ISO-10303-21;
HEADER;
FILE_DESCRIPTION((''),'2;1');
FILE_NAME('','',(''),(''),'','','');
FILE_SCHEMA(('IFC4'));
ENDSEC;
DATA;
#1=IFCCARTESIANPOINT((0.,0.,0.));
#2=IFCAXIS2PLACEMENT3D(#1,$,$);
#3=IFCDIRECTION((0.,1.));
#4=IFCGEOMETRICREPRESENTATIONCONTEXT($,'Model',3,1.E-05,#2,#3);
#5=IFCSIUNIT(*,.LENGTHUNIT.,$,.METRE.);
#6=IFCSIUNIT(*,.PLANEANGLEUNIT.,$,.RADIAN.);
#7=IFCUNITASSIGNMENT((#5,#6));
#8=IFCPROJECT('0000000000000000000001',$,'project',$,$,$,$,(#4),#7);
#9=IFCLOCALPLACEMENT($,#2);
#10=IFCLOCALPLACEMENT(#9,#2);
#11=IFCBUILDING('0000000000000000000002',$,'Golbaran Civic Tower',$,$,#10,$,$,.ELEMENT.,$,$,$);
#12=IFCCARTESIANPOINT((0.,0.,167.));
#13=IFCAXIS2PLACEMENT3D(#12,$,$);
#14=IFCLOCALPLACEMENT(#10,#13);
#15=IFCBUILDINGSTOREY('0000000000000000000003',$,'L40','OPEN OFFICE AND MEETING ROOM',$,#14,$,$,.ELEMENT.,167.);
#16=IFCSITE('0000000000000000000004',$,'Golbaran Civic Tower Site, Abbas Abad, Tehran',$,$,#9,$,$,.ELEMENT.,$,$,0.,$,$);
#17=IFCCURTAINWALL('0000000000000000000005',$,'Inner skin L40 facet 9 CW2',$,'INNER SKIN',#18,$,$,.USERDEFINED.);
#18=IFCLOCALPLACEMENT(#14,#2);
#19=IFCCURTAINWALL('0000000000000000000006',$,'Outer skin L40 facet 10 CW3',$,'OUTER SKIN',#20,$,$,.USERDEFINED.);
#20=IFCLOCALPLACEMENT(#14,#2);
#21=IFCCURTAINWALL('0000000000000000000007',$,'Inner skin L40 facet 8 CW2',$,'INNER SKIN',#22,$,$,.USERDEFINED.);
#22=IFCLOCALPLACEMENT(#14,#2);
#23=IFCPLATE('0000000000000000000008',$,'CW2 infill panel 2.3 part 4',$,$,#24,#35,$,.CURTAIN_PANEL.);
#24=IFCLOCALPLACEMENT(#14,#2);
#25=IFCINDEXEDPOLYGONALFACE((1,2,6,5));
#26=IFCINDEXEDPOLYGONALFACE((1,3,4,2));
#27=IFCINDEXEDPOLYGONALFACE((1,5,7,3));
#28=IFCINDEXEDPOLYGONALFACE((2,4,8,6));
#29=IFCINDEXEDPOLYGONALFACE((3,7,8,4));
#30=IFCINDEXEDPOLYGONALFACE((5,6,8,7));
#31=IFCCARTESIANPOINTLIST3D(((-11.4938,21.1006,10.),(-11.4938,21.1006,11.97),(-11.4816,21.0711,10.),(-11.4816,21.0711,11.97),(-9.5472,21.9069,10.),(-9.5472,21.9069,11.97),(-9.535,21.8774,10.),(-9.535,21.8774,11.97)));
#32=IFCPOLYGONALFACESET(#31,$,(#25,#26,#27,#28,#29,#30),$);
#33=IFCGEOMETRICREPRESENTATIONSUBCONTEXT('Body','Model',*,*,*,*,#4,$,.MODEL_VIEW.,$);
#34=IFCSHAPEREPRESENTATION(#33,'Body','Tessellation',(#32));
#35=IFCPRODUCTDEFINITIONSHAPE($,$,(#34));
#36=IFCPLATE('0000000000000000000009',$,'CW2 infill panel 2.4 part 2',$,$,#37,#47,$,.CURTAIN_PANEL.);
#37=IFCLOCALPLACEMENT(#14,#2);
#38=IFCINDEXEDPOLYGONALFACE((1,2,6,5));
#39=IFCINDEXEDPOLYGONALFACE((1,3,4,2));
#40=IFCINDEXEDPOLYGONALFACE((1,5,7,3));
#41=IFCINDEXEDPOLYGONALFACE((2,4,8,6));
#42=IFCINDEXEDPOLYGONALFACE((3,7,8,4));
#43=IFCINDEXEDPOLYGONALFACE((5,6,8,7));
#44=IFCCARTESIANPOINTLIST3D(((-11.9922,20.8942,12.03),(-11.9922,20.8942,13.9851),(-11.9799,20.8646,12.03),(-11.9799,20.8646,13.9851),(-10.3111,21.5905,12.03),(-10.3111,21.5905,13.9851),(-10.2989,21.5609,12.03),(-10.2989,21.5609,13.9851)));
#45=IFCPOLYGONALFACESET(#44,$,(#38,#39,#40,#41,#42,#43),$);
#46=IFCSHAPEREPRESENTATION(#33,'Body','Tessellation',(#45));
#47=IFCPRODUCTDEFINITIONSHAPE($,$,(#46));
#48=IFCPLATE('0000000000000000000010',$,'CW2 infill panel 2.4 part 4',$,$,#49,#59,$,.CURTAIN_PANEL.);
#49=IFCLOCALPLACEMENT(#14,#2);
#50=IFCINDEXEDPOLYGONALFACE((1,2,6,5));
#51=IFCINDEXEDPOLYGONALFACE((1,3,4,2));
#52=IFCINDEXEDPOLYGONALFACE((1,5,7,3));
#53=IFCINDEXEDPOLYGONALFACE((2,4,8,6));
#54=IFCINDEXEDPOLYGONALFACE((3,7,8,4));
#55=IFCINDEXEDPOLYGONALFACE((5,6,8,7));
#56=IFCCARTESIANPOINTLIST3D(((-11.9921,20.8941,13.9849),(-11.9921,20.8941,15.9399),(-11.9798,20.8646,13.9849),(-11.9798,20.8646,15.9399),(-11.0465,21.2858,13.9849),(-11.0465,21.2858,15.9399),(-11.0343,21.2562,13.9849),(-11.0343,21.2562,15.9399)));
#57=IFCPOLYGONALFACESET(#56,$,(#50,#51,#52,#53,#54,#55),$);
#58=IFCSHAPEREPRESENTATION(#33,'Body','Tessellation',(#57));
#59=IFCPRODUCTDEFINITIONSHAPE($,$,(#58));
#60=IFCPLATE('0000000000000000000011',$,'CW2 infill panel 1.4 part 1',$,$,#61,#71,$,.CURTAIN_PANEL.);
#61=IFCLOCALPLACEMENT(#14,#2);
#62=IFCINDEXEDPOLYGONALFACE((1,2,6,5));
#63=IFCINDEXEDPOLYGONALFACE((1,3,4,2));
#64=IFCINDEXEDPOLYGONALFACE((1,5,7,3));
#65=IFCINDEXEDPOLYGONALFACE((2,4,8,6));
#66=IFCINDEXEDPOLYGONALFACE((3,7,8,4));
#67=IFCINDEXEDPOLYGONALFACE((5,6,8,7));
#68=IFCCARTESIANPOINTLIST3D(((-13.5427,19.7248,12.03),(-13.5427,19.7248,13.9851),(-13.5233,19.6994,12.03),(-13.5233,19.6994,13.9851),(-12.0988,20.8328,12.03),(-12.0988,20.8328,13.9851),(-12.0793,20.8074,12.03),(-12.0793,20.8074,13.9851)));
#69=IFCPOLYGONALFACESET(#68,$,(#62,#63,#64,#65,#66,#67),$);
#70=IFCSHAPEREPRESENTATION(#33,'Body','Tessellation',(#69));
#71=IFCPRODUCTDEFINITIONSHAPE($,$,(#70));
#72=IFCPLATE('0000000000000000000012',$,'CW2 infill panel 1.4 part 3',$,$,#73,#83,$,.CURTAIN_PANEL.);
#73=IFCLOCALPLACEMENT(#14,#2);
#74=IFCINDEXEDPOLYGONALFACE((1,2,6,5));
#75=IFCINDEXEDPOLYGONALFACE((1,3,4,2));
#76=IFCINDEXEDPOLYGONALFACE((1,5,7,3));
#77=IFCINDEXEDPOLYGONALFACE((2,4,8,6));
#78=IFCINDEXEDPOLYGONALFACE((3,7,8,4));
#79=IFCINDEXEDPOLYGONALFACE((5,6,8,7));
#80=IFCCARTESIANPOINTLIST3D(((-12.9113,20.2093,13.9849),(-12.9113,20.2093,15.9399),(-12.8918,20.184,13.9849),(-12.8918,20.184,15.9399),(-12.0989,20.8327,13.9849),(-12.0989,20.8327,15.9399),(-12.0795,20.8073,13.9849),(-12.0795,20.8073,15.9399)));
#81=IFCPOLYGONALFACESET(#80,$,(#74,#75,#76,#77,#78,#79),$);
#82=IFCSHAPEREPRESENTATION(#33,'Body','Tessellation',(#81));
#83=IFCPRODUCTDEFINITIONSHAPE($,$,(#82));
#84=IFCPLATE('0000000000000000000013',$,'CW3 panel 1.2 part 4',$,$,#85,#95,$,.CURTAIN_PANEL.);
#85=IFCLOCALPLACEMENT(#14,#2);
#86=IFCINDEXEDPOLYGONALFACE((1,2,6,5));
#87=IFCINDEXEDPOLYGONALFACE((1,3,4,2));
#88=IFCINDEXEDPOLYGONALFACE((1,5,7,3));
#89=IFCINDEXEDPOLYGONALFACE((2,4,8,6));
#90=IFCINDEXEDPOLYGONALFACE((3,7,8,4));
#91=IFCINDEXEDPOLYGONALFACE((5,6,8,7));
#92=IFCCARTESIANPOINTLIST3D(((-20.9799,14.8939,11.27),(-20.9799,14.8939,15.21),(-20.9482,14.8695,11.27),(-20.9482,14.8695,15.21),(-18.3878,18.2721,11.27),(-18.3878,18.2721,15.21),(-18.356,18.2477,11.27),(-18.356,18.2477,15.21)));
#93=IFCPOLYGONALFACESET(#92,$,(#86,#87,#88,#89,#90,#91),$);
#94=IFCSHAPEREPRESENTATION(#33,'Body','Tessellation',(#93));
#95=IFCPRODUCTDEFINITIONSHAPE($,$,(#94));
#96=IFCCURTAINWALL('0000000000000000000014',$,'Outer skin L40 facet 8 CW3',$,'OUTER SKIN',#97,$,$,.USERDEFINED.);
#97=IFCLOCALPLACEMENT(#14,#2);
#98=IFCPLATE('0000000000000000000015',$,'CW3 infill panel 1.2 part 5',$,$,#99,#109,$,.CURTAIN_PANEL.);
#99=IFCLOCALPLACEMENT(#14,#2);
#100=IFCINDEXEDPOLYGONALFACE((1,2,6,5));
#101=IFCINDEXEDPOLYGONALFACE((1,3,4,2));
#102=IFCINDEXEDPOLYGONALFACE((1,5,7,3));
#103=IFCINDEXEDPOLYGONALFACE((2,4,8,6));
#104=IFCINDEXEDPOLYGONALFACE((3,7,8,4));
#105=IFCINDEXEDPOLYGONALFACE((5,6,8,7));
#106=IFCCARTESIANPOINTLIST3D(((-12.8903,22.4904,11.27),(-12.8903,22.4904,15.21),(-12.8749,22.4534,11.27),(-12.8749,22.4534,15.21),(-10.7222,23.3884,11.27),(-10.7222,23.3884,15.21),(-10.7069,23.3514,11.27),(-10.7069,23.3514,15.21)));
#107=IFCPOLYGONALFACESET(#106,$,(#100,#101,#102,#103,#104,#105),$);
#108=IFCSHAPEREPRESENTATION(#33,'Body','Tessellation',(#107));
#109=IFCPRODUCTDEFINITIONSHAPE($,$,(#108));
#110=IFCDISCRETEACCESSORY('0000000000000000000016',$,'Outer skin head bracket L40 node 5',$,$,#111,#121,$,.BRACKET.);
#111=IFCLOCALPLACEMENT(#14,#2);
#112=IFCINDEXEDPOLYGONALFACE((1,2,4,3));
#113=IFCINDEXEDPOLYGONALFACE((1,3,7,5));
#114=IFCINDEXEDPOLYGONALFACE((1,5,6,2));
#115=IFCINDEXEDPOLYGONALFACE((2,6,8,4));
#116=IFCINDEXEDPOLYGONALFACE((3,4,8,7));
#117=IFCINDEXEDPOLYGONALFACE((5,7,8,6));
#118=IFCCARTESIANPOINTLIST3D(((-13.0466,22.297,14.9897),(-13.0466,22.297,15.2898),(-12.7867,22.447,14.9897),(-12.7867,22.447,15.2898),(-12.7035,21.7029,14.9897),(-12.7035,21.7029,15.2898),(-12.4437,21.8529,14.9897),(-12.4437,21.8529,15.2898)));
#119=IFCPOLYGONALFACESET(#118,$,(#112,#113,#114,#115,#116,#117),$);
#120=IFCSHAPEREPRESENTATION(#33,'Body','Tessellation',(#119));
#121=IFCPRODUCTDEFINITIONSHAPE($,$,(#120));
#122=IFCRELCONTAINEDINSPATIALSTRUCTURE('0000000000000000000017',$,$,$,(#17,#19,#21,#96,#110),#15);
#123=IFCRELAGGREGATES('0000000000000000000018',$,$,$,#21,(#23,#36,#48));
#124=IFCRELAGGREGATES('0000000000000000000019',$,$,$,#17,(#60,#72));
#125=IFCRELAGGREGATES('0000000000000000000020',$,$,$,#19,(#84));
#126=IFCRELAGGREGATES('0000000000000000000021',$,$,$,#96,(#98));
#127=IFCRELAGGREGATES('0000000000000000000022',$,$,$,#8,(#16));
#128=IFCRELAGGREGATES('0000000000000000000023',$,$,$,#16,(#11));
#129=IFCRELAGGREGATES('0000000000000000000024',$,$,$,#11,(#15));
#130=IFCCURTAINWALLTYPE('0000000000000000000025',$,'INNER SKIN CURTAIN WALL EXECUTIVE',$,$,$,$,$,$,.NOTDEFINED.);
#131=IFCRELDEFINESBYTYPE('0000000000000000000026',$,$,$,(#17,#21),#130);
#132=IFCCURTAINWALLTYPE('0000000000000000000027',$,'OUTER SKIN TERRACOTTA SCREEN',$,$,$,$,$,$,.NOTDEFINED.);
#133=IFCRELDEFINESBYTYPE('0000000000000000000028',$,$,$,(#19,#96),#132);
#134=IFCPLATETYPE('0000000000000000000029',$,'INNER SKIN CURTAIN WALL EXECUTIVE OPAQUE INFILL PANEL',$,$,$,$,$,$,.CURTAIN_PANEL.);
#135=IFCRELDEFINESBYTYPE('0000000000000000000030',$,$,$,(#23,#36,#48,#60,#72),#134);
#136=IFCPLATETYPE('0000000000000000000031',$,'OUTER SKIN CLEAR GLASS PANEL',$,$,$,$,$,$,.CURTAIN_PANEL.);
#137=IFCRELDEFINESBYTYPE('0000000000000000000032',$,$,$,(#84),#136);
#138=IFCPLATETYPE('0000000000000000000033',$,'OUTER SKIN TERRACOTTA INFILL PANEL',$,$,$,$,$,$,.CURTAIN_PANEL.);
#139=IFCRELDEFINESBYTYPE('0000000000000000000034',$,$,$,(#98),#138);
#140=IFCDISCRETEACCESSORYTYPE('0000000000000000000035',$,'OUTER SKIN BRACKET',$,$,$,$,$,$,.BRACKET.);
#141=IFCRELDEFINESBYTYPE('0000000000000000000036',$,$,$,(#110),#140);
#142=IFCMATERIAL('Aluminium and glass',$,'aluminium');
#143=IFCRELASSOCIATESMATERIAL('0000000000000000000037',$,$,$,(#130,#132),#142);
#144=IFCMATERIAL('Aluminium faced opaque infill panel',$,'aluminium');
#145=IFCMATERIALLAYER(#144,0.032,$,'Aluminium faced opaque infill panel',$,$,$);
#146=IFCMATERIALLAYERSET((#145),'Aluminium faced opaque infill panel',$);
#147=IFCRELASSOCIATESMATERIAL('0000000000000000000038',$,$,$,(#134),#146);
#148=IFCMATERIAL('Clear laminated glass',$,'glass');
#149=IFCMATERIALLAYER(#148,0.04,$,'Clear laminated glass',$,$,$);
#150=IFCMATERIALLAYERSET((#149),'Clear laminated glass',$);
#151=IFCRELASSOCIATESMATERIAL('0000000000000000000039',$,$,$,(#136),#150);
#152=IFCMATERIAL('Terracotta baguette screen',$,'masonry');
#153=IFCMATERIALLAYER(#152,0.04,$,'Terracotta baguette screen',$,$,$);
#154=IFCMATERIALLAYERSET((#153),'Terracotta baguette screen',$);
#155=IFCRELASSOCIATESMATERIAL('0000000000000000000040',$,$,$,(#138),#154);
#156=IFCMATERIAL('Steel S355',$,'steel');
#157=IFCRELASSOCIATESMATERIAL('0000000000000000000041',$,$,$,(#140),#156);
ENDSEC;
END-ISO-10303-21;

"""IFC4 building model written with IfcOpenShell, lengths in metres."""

from ifc_helpers import new_model, si_unit, direction, frame, origin, origin_2d, place, context, subcontext, project, spatial, rectangle, extrude, material, layer, layer_set, type_object, element, aggregate, save


model = new_model("IFC4")

# Units and contexts
model_context = context("Model", 3, precision=1e-05, world=origin(), true_north=direction((0.0, 1.0)))
body_context = subcontext(model_context, "Body", "Model", "MODEL_VIEW")
ifc_project = project(units=[si_unit("LENGTHUNIT", "METRE"), si_unit("PLANEANGLEUNIT", "RADIAN")], contexts=[model_context])

# Site, building, storey
site_placement = place(None, origin())
site = spatial("IfcSite", under=ifc_project, at=site_placement, Name="Golbaran Civic Tower Site, Abbas Abad, Tehran", CompositionType="ELEMENT", RefElevation=0.0)
building_placement = place(site_placement, origin())
building = spatial("IfcBuilding", under=site, at=building_placement, Name="Golbaran Civic Tower", CompositionType="ELEMENT")
storey_placement = place(building_placement, frame((0.0, 0.0, 167.0)))
storey = spatial("IfcBuildingStorey", under=building, at=storey_placement, Name="L40", Description="OPEN OFFICE AND MEETING ROOM", CompositionType="ELEMENT", Elevation=167.0)

# Curtain wall
ifc_material_1 = material(Name="Aluminium and glass", Category="aluminium")
curtain_wall_type_1 = type_object("IfcCurtainWallType", Name="INNER SKIN CURTAIN WALL EXECUTIVE", PredefinedType="NOTDEFINED", material=ifc_material_1)
curtain_wall_1_placement = place(storey_placement, origin())
curtain_wall_1 = element("IfcCurtainWall", 1, at=curtain_wall_1_placement, inside=storey, type_object=curtain_wall_type_1, Name="Inner skin L40 facet 9 CW2", ObjectType="INNER SKIN", PredefinedType="USERDEFINED")

# Curtain wall
curtain_wall_type_2 = type_object("IfcCurtainWallType", Name="OUTER SKIN TERRACOTTA SCREEN", PredefinedType="NOTDEFINED", material=ifc_material_1)
curtain_wall_2_placement = place(storey_placement, origin())
curtain_wall_2 = element("IfcCurtainWall", 2, at=curtain_wall_2_placement, inside=storey, type_object=curtain_wall_type_2, Name="Outer skin L40 facet 10 CW3", ObjectType="OUTER SKIN", PredefinedType="USERDEFINED")

# Curtain wall
curtain_wall_3_placement = place(storey_placement, origin())
curtain_wall_3 = element("IfcCurtainWall", 3, at=curtain_wall_3_placement, inside=storey, type_object=curtain_wall_type_1, Name="Inner skin L40 facet 8 CW2", ObjectType="INNER SKIN", PredefinedType="USERDEFINED")

# Plates
ifc_material_2 = material(Name="Aluminium faced opaque infill panel", Category="aluminium")
ifc_layer_1 = layer(ifc_material_2, 0.032, Name="Aluminium faced opaque infill panel")
ifc_layer_set_1 = layer_set([ifc_layer_1], Name="Aluminium faced opaque infill panel")
plate_type_1 = type_object("IfcPlateType", Name="INNER SKIN CURTAIN WALL EXECUTIVE OPAQUE INFILL PANEL", PredefinedType="CURTAIN_PANEL", material=ifc_layer_set_1)
plate_1_placement = place(storey_placement, frame((-10.5144, 21.489, 10.0), z_axis=(0.0, 0.0, 1.0), x_axis=(-0.92388, -0.382683, 0.0)))
plate_1 = element("IfcPlate", 4, at=plate_1_placement, type_object=plate_type_1, Name="CW2 infill panel 2.3 part 4", PredefinedType="CURTAIN_PANEL", context=body_context, shape_type="SweptSolid", body=[
    extrude(rectangle(XDim=2.1069, YDim=0.032, at=origin_2d()), origin(), (0.0, 0.0, 1.0), 1.97),
])
plate_2_placement = place(storey_placement, frame((-11.1455, 21.2275, 12.03), z_axis=(0.0, 0.0, 1.0), x_axis=(-0.92388, -0.382683, 0.0)))
plate_2 = element("IfcPlate", 5, at=plate_2_placement, type_object=plate_type_1, Name="CW2 infill panel 2.4 part 2", PredefinedType="CURTAIN_PANEL", context=body_context, shape_type="SweptSolid", body=[
    extrude(rectangle(XDim=1.8196, YDim=0.032, at=origin_2d()), origin(), (0.0, 0.0, 1.0), 1.9551),
])
plate_3_placement = place(storey_placement, frame((-11.5132, 21.0752, 13.9849), z_axis=(0.0, 0.0, 1.0), x_axis=(-0.92388, -0.382683, 0.0)))
plate_3 = element("IfcPlate", 6, at=plate_3_placement, type_object=plate_type_1, Name="CW2 infill panel 2.4 part 4", PredefinedType="CURTAIN_PANEL", context=body_context, shape_type="SweptSolid", body=[
    extrude(rectangle(XDim=1.0234, YDim=0.032, at=origin_2d()), origin(), (0.0, 0.0, 1.0), 1.9551),
])
aggregate(curtain_wall_3, [plate_1, plate_2, plate_3])
plate_4_placement = place(storey_placement, frame((-12.811, 20.2661, 12.03), z_axis=(0.0, 0.0, 1.0), x_axis=(-0.793353, -0.608761, 0.0)))
plate_4 = element("IfcPlate", 7, at=plate_4_placement, type_object=plate_type_1, Name="CW2 infill panel 1.4 part 1", PredefinedType="CURTAIN_PANEL", context=body_context, shape_type="SweptSolid", body=[
    extrude(rectangle(XDim=1.8201, YDim=0.032, at=origin_2d()), origin(), (0.0, 0.0, 1.0), 1.9551),
])
plate_5_placement = place(storey_placement, frame((-12.4954, 20.5083, 13.9849), z_axis=(0.0, 0.0, 1.0), x_axis=(-0.793353, -0.608761, 0.0)))
plate_5 = element("IfcPlate", 8, at=plate_5_placement, type_object=plate_type_1, Name="CW2 infill panel 1.4 part 3", PredefinedType="CURTAIN_PANEL", context=body_context, shape_type="SweptSolid", body=[
    extrude(rectangle(XDim=1.0239, YDim=0.032, at=origin_2d()), origin(), (0.0, 0.0, 1.0), 1.9551),
])
aggregate(curtain_wall_1, [plate_4, plate_5])
ifc_material_3 = material(Name="Clear laminated glass", Category="glass")
ifc_layer_2 = layer(ifc_material_3, 0.04, Name="Clear laminated glass")
ifc_layer_set_2 = layer_set([ifc_layer_2], Name="Clear laminated glass")
plate_type_2 = type_object("IfcPlateType", Name="OUTER SKIN CLEAR GLASS PANEL", PredefinedType="CURTAIN_PANEL", material=ifc_layer_set_2)
plate_6_placement = place(storey_placement, frame((-19.668, 16.5708, 11.27), z_axis=(0.0, 0.0, 1.0), x_axis=(-0.608761, -0.793353, 0.0)))
plate_6 = element("IfcPlate", 9, at=plate_6_placement, type_object=plate_type_2, Name="CW3 panel 1.2 part 4", PredefinedType="CURTAIN_PANEL", context=body_context, shape_type="SweptSolid", body=[
    extrude(rectangle(XDim=4.2581, YDim=0.04, at=origin_2d()), origin(), (0.0, 0.0, 1.0), 3.9399),
])
aggregate(curtain_wall_2, [plate_6])

# Curtain wall, plate
curtain_wall_4_placement = place(storey_placement, origin())
curtain_wall_4 = element("IfcCurtainWall", 10, at=curtain_wall_4_placement, inside=storey, type_object=curtain_wall_type_2, Name="Outer skin L40 facet 8 CW3", ObjectType="OUTER SKIN", PredefinedType="USERDEFINED")
ifc_material_4 = material(Name="Terracotta baguette screen", Category="masonry")
ifc_layer_3 = layer(ifc_material_4, 0.04, Name="Terracotta baguette screen")
ifc_layer_set_3 = layer_set([ifc_layer_3], Name="Terracotta baguette screen")
plate_type_3 = type_object("IfcPlateType", Name="OUTER SKIN TERRACOTTA INFILL PANEL", PredefinedType="CURTAIN_PANEL", material=ifc_layer_set_3)
plate_7_placement = place(storey_placement, frame((-11.7986, 22.9209, 11.27), z_axis=(0.0, 0.0, 1.0), x_axis=(-0.92388, -0.382683, 0.0)))
plate_7 = element("IfcPlate", 11, at=plate_7_placement, type_object=plate_type_3, Name="CW3 infill panel 1.2 part 5", PredefinedType="CURTAIN_PANEL", context=body_context, shape_type="SweptSolid", body=[
    extrude(rectangle(XDim=2.3467, YDim=0.04, at=origin_2d()), origin(), (0.0, 0.0, 1.0), 3.9399),
])
aggregate(curtain_wall_4, [plate_7])

# Discrete accessory
ifc_material_5 = material(Name="Steel S355", Category="steel")
discrete_accessory_type = type_object("IfcDiscreteAccessoryType", Name="OUTER SKIN BRACKET", PredefinedType="BRACKET", material=ifc_material_5)
discrete_accessory_placement = place(storey_placement, frame((-12.7451, 22.075, 14.9897), z_axis=(0.0, 0.0, 1.0), x_axis=(-0.5, 0.866025, 0.0)))
element("IfcDiscreteAccessory", 12, at=discrete_accessory_placement, inside=storey, type_object=discrete_accessory_type, Name="Outer skin head bracket L40 node 5", PredefinedType="BRACKET", context=body_context, shape_type="SweptSolid", body=[
    extrude(rectangle(XDim=0.686, YDim=0.3, at=origin_2d()), origin(), (0.0, 0.0, 1.0), 0.3),
])

save(model, "model.ifc")
